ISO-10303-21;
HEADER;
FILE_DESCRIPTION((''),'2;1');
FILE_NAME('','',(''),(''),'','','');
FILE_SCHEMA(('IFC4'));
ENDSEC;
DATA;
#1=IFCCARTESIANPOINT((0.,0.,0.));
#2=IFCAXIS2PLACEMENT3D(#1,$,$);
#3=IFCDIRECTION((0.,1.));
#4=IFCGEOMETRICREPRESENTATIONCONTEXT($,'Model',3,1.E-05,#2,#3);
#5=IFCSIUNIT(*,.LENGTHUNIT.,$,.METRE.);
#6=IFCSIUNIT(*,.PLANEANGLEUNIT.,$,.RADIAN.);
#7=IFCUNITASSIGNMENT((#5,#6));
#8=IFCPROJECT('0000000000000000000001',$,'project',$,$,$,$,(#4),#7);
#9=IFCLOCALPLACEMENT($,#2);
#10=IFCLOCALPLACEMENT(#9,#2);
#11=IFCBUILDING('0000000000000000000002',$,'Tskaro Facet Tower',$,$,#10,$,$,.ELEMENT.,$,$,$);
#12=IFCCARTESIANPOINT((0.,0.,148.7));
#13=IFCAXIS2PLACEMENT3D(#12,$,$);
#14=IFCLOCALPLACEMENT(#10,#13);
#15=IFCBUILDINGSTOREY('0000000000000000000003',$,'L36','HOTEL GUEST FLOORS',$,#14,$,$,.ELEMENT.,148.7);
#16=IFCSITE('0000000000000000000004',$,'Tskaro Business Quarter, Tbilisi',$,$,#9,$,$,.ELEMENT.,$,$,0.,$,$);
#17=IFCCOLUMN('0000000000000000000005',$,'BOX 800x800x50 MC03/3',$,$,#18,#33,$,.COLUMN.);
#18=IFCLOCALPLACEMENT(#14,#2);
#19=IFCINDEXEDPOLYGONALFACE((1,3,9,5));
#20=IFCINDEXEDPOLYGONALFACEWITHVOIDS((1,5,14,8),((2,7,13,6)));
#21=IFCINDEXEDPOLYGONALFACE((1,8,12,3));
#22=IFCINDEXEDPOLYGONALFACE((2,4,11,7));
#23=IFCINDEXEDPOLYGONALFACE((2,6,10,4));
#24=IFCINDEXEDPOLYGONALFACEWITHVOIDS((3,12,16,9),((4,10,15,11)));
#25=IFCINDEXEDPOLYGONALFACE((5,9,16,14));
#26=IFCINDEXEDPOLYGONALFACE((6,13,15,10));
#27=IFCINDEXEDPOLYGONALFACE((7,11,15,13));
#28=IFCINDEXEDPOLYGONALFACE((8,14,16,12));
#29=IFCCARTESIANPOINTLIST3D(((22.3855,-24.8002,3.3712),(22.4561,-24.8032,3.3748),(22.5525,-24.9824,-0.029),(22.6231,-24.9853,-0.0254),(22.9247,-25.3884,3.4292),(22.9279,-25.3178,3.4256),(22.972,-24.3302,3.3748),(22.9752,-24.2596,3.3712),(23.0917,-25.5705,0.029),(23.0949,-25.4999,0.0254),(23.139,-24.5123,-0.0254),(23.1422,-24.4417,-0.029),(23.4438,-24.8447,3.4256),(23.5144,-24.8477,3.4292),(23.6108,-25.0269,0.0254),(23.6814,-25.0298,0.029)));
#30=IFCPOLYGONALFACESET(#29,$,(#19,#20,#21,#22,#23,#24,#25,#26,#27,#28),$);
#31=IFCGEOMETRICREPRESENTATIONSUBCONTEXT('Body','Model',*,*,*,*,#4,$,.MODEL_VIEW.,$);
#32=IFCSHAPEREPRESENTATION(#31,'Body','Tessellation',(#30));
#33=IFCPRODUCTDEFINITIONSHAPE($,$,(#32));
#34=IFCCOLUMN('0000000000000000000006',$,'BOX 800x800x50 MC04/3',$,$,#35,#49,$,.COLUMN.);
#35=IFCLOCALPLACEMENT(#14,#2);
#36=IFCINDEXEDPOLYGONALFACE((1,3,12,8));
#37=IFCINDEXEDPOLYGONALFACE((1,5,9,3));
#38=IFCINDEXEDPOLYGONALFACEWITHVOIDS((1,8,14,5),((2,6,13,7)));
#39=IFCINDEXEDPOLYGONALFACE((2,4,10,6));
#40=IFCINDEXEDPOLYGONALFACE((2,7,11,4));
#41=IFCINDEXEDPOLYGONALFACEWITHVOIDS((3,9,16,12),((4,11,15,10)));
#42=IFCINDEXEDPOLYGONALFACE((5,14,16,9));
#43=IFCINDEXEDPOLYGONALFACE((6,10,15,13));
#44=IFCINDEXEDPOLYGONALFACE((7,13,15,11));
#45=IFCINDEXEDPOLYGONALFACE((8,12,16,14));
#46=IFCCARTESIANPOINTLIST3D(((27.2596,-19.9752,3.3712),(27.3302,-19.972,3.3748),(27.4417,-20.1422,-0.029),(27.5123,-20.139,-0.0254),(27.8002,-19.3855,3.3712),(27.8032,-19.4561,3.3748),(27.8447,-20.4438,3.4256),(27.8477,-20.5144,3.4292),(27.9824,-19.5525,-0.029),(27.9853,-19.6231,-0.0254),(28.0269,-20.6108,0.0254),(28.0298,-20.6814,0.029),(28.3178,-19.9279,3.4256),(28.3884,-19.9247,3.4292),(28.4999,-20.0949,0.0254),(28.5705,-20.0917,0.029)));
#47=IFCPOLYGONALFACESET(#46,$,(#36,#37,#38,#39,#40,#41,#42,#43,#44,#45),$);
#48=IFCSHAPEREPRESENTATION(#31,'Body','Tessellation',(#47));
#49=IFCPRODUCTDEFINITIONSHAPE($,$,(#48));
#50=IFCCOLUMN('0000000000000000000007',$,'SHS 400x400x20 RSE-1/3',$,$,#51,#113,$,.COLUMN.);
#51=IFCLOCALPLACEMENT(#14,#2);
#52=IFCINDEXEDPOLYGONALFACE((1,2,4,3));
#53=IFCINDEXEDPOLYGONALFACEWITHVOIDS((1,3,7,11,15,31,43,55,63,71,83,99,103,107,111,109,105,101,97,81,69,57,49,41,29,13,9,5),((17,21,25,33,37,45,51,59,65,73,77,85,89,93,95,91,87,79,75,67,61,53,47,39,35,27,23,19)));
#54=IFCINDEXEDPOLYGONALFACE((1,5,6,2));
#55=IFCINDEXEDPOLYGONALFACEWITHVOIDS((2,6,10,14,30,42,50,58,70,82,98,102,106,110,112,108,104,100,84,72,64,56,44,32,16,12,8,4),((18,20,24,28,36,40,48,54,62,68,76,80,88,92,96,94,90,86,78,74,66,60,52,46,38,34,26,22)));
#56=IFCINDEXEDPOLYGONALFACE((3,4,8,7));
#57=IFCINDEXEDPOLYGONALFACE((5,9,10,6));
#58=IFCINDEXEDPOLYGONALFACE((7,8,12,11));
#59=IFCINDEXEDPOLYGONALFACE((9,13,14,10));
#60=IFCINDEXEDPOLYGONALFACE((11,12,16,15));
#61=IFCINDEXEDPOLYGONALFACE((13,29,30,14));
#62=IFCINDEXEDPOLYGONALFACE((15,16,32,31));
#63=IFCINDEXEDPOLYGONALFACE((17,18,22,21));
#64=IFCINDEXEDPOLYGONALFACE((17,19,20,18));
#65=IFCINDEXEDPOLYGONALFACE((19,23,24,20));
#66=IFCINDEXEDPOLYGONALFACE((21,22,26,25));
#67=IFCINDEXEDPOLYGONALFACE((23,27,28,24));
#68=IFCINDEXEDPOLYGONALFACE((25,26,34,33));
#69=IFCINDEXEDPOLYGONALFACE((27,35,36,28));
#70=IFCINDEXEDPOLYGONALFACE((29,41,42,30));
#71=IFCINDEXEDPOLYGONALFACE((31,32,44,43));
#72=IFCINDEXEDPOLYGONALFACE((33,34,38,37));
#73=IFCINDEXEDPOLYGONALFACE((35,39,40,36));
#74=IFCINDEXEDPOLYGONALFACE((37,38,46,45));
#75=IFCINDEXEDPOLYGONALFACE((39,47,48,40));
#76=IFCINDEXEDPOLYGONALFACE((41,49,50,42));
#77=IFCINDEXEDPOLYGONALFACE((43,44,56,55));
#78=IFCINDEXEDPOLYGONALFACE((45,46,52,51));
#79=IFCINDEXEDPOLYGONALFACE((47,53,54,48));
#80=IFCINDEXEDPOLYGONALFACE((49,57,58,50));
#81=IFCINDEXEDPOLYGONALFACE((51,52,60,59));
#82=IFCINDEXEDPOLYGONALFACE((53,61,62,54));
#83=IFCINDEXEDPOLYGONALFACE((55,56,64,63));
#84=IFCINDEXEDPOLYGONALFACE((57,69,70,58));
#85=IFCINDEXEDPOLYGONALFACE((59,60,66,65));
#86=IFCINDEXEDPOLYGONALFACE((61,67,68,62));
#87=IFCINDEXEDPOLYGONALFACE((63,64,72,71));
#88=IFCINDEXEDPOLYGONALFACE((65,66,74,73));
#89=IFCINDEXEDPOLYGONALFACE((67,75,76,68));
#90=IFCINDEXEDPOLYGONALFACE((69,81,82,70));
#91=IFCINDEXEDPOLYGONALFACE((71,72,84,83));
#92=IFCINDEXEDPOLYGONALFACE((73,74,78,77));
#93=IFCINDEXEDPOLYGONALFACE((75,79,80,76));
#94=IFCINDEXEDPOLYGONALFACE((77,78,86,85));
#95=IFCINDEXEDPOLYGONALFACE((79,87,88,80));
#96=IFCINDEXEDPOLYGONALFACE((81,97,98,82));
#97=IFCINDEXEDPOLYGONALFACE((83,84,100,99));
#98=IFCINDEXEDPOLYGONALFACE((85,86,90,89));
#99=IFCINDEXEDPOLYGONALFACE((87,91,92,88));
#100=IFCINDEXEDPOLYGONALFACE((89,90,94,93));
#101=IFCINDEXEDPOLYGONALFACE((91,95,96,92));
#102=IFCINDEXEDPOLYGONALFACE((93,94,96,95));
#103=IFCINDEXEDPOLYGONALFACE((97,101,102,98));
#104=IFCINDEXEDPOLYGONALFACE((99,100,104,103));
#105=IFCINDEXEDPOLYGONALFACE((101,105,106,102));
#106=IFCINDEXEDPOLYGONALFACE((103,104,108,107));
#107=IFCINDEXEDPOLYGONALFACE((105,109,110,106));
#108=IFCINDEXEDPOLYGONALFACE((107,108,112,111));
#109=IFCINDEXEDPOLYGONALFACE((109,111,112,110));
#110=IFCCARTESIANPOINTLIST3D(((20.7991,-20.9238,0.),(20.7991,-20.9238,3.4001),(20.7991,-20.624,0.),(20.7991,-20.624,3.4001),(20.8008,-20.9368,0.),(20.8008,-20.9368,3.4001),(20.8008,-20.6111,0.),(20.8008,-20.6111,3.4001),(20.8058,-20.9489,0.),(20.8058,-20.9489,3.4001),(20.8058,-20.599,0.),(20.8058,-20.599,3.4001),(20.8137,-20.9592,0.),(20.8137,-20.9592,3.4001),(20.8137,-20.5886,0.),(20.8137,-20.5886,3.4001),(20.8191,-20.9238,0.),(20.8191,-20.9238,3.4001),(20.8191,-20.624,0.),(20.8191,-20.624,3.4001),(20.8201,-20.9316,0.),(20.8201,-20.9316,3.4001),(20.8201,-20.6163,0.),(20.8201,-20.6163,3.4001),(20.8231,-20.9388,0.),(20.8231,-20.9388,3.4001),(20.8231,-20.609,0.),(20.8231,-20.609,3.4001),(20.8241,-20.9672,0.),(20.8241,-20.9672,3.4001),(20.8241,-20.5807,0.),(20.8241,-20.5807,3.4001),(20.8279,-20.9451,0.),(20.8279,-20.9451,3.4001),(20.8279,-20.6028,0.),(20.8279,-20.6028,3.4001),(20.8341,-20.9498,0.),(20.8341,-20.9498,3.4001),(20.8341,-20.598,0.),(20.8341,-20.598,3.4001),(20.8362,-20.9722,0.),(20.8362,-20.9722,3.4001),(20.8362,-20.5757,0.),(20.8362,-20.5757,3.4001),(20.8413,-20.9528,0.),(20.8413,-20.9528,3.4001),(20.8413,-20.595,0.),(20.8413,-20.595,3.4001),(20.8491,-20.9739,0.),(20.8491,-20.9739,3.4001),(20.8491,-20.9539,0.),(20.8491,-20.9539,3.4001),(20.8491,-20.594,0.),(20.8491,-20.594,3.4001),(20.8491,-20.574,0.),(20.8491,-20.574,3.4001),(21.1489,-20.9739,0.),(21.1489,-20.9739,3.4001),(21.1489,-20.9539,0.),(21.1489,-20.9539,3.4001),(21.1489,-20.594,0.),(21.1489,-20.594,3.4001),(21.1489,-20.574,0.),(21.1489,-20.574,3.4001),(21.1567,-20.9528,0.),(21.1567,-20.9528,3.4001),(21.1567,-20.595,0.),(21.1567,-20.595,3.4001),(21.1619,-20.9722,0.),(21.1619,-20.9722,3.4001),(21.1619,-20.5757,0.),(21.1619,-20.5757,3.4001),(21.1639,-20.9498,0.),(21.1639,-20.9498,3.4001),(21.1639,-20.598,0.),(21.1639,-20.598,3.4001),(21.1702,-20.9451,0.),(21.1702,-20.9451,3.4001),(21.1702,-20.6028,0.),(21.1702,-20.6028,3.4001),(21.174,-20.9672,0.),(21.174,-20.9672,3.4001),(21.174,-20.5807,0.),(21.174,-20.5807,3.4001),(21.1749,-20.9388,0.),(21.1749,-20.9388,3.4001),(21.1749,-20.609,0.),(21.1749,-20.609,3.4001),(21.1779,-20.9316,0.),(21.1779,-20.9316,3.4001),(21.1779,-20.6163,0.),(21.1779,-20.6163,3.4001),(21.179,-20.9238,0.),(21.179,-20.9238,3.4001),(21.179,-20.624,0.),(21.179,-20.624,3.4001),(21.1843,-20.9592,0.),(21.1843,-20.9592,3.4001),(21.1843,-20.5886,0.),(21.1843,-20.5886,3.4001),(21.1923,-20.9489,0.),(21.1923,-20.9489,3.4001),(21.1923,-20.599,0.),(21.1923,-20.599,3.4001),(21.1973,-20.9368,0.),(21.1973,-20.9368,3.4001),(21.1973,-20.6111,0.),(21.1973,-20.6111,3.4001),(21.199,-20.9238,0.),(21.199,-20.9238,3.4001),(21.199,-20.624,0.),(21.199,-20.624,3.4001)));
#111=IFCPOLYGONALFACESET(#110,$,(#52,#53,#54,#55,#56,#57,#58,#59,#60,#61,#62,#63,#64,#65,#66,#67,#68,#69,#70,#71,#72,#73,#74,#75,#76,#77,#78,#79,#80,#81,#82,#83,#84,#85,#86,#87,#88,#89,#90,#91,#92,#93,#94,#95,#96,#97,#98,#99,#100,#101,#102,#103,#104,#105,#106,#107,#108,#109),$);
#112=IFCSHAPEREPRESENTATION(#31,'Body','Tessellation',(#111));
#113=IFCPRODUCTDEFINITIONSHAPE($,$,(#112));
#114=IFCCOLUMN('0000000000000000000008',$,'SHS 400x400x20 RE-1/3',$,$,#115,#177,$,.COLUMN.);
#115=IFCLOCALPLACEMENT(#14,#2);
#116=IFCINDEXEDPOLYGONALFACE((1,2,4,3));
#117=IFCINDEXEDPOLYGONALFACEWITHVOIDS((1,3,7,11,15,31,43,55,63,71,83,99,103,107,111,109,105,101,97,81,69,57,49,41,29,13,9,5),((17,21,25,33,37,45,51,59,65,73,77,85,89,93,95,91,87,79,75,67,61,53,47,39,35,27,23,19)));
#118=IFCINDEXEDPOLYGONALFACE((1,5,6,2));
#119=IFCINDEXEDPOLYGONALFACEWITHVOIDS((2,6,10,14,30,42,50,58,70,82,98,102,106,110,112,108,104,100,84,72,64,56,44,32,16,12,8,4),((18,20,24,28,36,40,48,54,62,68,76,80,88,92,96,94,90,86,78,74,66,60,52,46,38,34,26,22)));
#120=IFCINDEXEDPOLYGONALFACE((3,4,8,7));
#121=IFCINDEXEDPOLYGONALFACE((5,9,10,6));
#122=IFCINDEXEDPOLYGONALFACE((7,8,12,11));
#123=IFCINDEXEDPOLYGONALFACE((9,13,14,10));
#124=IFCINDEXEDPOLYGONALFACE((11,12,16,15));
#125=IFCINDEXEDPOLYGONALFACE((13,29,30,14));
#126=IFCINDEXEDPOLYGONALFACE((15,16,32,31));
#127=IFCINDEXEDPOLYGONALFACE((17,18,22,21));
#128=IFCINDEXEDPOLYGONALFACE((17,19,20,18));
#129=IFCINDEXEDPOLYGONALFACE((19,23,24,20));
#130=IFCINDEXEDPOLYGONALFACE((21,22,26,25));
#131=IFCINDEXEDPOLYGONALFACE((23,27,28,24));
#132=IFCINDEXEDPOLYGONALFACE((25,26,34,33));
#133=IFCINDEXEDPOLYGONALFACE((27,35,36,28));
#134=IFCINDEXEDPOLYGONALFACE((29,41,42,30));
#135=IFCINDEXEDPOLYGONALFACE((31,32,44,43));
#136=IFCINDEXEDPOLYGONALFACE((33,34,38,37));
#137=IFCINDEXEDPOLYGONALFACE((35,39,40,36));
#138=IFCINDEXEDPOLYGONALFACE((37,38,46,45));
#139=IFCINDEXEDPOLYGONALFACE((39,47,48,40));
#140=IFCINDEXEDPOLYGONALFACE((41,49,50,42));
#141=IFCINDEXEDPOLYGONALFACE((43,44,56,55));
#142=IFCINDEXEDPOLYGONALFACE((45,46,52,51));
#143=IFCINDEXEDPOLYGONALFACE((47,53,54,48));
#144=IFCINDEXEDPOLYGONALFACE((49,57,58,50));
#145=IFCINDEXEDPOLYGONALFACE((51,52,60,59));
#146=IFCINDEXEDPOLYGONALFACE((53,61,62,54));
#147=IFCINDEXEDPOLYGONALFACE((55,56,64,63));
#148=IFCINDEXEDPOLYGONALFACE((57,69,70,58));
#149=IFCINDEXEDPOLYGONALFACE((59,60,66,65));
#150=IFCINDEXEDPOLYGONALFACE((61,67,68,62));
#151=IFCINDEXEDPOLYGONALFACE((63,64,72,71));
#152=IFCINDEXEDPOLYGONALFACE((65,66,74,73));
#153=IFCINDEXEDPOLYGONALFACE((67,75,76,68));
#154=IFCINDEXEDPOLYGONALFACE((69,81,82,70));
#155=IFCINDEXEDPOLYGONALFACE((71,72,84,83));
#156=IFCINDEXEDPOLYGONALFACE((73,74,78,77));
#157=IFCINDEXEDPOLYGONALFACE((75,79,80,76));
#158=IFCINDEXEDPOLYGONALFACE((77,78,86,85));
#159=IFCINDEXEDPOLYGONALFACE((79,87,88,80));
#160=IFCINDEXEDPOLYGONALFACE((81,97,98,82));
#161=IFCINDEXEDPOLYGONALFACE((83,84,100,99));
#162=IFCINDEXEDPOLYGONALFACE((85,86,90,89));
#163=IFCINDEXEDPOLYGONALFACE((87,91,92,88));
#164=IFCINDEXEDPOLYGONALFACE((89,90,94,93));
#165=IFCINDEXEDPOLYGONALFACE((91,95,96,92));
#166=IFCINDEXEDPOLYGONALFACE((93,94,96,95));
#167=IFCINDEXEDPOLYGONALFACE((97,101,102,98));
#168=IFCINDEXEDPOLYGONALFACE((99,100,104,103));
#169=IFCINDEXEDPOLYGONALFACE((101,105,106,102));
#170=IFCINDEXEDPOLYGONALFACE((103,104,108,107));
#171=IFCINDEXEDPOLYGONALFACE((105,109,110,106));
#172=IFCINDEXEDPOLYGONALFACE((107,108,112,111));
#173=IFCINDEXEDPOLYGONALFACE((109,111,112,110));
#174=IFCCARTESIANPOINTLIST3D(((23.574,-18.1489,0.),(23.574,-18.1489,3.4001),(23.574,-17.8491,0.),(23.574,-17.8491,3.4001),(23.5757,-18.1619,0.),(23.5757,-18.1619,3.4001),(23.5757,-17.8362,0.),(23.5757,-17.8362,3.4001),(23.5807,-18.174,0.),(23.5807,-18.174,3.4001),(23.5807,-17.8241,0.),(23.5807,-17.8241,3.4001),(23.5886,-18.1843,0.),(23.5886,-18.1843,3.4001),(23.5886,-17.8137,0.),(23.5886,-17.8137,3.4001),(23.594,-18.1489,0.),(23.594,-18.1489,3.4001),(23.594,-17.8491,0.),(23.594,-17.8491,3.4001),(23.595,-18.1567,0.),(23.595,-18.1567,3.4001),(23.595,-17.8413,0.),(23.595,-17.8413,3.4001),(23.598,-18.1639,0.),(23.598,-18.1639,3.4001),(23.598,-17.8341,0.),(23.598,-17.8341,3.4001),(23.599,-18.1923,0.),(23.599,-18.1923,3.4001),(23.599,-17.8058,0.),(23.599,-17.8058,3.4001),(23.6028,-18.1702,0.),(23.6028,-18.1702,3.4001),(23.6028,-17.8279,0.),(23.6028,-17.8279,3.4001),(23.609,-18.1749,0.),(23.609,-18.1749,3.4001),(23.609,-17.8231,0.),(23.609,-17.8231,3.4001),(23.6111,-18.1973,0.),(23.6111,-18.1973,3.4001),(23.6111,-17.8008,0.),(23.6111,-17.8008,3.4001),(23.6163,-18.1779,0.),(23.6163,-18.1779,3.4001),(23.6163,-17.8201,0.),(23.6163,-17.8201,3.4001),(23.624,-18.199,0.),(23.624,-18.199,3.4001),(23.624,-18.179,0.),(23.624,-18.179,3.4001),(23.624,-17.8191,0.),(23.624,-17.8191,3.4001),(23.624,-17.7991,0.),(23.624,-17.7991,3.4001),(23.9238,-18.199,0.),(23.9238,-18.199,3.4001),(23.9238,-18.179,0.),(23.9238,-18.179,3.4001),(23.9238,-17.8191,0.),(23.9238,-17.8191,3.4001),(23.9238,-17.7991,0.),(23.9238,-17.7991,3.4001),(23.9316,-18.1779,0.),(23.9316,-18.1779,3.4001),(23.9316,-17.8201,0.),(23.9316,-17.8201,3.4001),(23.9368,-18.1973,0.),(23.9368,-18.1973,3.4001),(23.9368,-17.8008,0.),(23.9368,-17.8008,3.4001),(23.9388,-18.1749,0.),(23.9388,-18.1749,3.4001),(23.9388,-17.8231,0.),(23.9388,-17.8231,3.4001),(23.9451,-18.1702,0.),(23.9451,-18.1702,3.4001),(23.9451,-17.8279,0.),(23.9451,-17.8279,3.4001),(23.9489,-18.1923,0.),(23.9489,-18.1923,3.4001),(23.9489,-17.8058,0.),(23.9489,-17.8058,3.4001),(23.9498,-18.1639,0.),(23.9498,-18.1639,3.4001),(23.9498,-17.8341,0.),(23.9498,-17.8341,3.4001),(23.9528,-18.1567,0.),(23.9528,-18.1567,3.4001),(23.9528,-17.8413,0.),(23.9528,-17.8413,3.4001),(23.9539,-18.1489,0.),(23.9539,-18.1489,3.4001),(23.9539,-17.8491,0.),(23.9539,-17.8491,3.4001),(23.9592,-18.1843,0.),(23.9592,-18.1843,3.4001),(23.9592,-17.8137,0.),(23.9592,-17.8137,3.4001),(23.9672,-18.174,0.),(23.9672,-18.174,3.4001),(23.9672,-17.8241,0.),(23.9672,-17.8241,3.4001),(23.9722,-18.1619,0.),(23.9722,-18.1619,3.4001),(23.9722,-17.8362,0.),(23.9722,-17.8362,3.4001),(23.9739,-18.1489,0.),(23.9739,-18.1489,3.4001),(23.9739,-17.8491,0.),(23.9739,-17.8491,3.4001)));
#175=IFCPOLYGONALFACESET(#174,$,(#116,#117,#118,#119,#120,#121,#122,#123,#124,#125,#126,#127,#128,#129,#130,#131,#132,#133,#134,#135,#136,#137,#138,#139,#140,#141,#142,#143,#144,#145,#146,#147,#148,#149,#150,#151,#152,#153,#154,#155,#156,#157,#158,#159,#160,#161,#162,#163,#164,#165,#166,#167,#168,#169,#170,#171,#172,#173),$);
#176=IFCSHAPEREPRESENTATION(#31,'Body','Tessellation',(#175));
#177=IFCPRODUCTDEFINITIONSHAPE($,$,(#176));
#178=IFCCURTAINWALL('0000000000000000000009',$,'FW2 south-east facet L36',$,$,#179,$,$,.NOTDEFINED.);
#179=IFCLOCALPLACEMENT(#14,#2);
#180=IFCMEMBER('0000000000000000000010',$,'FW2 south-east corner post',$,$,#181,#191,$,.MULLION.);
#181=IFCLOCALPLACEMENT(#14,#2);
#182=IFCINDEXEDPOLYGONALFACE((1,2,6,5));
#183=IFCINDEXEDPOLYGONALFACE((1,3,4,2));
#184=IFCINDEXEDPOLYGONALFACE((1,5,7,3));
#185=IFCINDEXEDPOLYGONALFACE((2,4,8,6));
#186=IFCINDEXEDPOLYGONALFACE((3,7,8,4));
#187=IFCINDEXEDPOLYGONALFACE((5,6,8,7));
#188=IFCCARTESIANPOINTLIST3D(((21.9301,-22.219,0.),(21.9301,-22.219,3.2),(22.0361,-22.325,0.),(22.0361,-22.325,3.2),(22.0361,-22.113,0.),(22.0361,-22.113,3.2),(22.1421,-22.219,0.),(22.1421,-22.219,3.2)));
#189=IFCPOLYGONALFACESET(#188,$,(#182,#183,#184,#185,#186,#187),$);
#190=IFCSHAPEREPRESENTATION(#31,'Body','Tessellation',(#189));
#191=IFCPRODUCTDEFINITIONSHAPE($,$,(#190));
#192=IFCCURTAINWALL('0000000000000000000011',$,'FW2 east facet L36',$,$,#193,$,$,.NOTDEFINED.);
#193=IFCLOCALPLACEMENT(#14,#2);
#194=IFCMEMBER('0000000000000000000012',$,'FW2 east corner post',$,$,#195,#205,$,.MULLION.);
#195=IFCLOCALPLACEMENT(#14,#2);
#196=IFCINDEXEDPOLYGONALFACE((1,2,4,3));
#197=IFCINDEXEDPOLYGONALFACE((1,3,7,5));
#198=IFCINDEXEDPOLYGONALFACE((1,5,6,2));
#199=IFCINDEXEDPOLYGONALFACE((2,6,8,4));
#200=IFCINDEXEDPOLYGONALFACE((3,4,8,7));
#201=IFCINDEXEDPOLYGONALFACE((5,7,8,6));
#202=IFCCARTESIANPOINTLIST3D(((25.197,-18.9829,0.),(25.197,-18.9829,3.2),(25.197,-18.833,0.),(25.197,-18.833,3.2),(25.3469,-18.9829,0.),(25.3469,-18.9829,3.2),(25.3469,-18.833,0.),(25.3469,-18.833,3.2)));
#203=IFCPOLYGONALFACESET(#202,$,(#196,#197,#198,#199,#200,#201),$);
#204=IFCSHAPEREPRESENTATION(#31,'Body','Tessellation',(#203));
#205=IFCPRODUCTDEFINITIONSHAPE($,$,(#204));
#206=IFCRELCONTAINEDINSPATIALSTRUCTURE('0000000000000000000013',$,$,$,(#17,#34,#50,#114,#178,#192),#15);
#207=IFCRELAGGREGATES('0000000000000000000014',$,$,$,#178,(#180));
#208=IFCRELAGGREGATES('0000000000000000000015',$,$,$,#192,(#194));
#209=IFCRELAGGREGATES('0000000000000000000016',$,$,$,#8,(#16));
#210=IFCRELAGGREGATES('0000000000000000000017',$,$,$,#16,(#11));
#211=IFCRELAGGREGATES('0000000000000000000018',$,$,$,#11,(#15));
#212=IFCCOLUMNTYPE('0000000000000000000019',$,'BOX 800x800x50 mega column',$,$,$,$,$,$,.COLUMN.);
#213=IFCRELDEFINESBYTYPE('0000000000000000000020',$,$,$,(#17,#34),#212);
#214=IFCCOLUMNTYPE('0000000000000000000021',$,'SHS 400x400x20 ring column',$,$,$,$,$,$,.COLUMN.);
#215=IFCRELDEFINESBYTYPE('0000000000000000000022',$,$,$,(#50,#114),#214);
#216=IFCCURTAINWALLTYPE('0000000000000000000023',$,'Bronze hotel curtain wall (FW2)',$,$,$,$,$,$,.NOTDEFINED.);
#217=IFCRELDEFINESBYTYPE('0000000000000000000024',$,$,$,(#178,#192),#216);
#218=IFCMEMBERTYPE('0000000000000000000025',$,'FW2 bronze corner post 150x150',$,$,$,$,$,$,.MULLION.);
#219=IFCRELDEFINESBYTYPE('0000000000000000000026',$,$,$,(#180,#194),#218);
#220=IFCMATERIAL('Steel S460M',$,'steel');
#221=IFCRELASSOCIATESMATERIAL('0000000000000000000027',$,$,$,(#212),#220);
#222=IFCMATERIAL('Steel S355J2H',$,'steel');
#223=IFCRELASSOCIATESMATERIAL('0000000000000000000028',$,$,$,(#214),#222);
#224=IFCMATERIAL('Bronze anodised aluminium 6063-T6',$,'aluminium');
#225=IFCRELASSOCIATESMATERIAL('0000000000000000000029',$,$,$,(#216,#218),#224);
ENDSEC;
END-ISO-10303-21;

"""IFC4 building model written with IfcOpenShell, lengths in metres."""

from ifc_helpers import new_model, si_unit, direction, frame, origin, origin_2d, place, context, subcontext, project, spatial, rectangle, hollow_rectangle, extrude, material, material_profile, profile_set, type_object, element, aggregate, save


model = new_model("IFC4")

# Units and contexts
model_context = context("Model", 3, precision=1e-05, world=origin(), true_north=direction((0.0, 1.0)))
body_context = subcontext(model_context, "Body", "Model", "MODEL_VIEW")
ifc_project = project(units=[si_unit("LENGTHUNIT", "METRE"), si_unit("PLANEANGLEUNIT", "RADIAN")], contexts=[model_context])

# Site, building, storey
site_placement = place(None, origin())
site = spatial("IfcSite", under=ifc_project, at=site_placement, Name="Tskaro Business Quarter, Tbilisi", CompositionType="ELEMENT", RefElevation=0.0)
building_placement = place(site_placement, origin())
building = spatial("IfcBuilding", under=site, at=building_placement, Name="Tskaro Facet Tower", CompositionType="ELEMENT")
storey_placement = place(building_placement, frame((0.0, 0.0, 148.7)))
storey = spatial("IfcBuildingStorey", under=building, at=storey_placement, Name="L36", Description="HOTEL GUEST FLOORS", CompositionType="ELEMENT", Elevation=148.7)

# Columns
ifc_material_1 = material(Name="Steel S460M", Category="steel")
ifc_material_profile_1 = material_profile(ifc_material_1, hollow_rectangle(XDim=0.8, YDim=0.8, WallThickness=0.05, at=origin_2d()), Name="BOX 800x800x50")
ifc_profile_set_1 = profile_set([ifc_material_profile_1], Name="Steel S460M")
column_type_1 = type_object("IfcColumnType", Name="BOX 800x800x50 mega column", PredefinedType="COLUMN", material=ifc_profile_set_1)
for number, where, z_axis, x_axis, name in (
    (1, (23.1169, -25.0061, 0.0), (-0.048984, 0.053424, 0.99737), (-0.737072, -0.675814, 0.0), "BOX 800x800x50 MC03/3"),
    (2, (28.0061, -20.1169, 0.0), (-0.053424, 0.048984, 0.99737), (-0.675814, -0.737072, 0.0), "BOX 800x800x50 MC04/3"),
):
    element("IfcColumn", number, at=place(storey_placement, frame(where, z_axis=z_axis, x_axis=x_axis)), inside=storey, type_object=column_type_1, Name=name, PredefinedType="COLUMN", context=body_context, shape_type="SweptSolid", body=[
        extrude(hollow_rectangle(XDim=0.8, YDim=0.8, WallThickness=0.05, at=origin_2d()), origin(), (0.0, 0.0, 1.0), 3.4092),
    ])
ifc_material_2 = material(Name="Steel S355J2H", Category="steel")
ifc_material_profile_2 = material_profile(ifc_material_2, hollow_rectangle(XDim=0.3999, YDim=0.3999, WallThickness=0.02, InnerFilletRadius=0.03, OuterFilletRadius=0.05, at=origin_2d()), Name="SHS 400x400x20")
ifc_profile_set_2 = profile_set([ifc_material_profile_2], Name="Steel S355J2H")
column_type_2 = type_object("IfcColumnType", Name="SHS 400x400x20 ring column", PredefinedType="COLUMN", material=ifc_profile_set_2)
for number, where, z_axis, x_axis, name in (
    (3, (20.999, -20.7739, 0.0), (0.0, 0.0, 1.0), (1.0, 0.0, 0.0), "SHS 400x400x20 RSE-1/3"),
    (4, (23.7739, -17.999, 0.0), (0.0, 0.0, 1.0), (1.0, 0.0, 0.0), "SHS 400x400x20 RE-1/3"),
):
    element("IfcColumn", number, at=place(storey_placement, frame(where, z_axis=z_axis, x_axis=x_axis)), inside=storey, type_object=column_type_2, Name=name, PredefinedType="COLUMN", context=body_context, shape_type="SweptSolid", body=[
        extrude(hollow_rectangle(XDim=0.3999, YDim=0.3999, WallThickness=0.02, InnerFilletRadius=0.03, OuterFilletRadius=0.05, at=origin_2d()), origin(), (0.0, 0.0, 1.0), 3.4001),
    ])

# Curtain walls, members
ifc_material_3 = material(Name="Bronze anodised aluminium 6063-T6", Category="aluminium")
curtain_wall_type = type_object("IfcCurtainWallType", Name="Bronze hotel curtain wall (FW2)", PredefinedType="NOTDEFINED", material=ifc_material_3)
curtain_wall_1_placement = place(storey_placement, origin())
curtain_wall_1 = element("IfcCurtainWall", 5, at=curtain_wall_1_placement, inside=storey, type_object=curtain_wall_type, Name="FW2 south-east facet L36", PredefinedType="NOTDEFINED")
ifc_material_profile_3 = material_profile(ifc_material_3, rectangle(XDim=0.1499, YDim=0.1499, at=origin_2d()), Name="Corner post 150x150")
ifc_profile_set_3 = profile_set([ifc_material_profile_3], Name="Bronze anodised aluminium 6063-T6")
member_type_1 = type_object("IfcMemberType", Name="FW2 bronze corner post 150x150", PredefinedType="MULLION", material=ifc_profile_set_3)
member_1_placement = place(storey_placement, frame((22.0361, -22.219, 0.0), z_axis=(0.0, 0.0, 1.0), x_axis=(0.707107, 0.707107, 0.0)))
member_1 = element("IfcMember", 6, at=member_1_placement, type_object=member_type_1, Name="FW2 south-east corner post", PredefinedType="MULLION", context=body_context, shape_type="SweptSolid", body=[
    extrude(rectangle(XDim=0.1499, YDim=0.1499, at=origin_2d()), origin(), (0.0, 0.0, 1.0), 3.2),
])
curtain_wall_2_placement = place(storey_placement, origin())
curtain_wall_2 = element("IfcCurtainWall", 7, at=curtain_wall_2_placement, inside=storey, type_object=curtain_wall_type, Name="FW2 east facet L36", PredefinedType="NOTDEFINED")
member_2_placement = place(storey_placement, frame((25.272, -18.908, 0.0), z_axis=(0.0, 0.0, 1.0), x_axis=(0.0, 1.0, 0.0)))
member_2 = element("IfcMember", 8, at=member_2_placement, type_object=member_type_1, Name="FW2 east corner post", PredefinedType="MULLION", context=body_context, shape_type="SweptSolid", body=[
    extrude(rectangle(XDim=0.1499, YDim=0.1499, at=origin_2d()), origin(), (0.0, 0.0, 1.0), 3.2),
])

aggregate(curtain_wall_1, [member_1])
aggregate(curtain_wall_2, [member_2])

save(model, "model.ifc")
